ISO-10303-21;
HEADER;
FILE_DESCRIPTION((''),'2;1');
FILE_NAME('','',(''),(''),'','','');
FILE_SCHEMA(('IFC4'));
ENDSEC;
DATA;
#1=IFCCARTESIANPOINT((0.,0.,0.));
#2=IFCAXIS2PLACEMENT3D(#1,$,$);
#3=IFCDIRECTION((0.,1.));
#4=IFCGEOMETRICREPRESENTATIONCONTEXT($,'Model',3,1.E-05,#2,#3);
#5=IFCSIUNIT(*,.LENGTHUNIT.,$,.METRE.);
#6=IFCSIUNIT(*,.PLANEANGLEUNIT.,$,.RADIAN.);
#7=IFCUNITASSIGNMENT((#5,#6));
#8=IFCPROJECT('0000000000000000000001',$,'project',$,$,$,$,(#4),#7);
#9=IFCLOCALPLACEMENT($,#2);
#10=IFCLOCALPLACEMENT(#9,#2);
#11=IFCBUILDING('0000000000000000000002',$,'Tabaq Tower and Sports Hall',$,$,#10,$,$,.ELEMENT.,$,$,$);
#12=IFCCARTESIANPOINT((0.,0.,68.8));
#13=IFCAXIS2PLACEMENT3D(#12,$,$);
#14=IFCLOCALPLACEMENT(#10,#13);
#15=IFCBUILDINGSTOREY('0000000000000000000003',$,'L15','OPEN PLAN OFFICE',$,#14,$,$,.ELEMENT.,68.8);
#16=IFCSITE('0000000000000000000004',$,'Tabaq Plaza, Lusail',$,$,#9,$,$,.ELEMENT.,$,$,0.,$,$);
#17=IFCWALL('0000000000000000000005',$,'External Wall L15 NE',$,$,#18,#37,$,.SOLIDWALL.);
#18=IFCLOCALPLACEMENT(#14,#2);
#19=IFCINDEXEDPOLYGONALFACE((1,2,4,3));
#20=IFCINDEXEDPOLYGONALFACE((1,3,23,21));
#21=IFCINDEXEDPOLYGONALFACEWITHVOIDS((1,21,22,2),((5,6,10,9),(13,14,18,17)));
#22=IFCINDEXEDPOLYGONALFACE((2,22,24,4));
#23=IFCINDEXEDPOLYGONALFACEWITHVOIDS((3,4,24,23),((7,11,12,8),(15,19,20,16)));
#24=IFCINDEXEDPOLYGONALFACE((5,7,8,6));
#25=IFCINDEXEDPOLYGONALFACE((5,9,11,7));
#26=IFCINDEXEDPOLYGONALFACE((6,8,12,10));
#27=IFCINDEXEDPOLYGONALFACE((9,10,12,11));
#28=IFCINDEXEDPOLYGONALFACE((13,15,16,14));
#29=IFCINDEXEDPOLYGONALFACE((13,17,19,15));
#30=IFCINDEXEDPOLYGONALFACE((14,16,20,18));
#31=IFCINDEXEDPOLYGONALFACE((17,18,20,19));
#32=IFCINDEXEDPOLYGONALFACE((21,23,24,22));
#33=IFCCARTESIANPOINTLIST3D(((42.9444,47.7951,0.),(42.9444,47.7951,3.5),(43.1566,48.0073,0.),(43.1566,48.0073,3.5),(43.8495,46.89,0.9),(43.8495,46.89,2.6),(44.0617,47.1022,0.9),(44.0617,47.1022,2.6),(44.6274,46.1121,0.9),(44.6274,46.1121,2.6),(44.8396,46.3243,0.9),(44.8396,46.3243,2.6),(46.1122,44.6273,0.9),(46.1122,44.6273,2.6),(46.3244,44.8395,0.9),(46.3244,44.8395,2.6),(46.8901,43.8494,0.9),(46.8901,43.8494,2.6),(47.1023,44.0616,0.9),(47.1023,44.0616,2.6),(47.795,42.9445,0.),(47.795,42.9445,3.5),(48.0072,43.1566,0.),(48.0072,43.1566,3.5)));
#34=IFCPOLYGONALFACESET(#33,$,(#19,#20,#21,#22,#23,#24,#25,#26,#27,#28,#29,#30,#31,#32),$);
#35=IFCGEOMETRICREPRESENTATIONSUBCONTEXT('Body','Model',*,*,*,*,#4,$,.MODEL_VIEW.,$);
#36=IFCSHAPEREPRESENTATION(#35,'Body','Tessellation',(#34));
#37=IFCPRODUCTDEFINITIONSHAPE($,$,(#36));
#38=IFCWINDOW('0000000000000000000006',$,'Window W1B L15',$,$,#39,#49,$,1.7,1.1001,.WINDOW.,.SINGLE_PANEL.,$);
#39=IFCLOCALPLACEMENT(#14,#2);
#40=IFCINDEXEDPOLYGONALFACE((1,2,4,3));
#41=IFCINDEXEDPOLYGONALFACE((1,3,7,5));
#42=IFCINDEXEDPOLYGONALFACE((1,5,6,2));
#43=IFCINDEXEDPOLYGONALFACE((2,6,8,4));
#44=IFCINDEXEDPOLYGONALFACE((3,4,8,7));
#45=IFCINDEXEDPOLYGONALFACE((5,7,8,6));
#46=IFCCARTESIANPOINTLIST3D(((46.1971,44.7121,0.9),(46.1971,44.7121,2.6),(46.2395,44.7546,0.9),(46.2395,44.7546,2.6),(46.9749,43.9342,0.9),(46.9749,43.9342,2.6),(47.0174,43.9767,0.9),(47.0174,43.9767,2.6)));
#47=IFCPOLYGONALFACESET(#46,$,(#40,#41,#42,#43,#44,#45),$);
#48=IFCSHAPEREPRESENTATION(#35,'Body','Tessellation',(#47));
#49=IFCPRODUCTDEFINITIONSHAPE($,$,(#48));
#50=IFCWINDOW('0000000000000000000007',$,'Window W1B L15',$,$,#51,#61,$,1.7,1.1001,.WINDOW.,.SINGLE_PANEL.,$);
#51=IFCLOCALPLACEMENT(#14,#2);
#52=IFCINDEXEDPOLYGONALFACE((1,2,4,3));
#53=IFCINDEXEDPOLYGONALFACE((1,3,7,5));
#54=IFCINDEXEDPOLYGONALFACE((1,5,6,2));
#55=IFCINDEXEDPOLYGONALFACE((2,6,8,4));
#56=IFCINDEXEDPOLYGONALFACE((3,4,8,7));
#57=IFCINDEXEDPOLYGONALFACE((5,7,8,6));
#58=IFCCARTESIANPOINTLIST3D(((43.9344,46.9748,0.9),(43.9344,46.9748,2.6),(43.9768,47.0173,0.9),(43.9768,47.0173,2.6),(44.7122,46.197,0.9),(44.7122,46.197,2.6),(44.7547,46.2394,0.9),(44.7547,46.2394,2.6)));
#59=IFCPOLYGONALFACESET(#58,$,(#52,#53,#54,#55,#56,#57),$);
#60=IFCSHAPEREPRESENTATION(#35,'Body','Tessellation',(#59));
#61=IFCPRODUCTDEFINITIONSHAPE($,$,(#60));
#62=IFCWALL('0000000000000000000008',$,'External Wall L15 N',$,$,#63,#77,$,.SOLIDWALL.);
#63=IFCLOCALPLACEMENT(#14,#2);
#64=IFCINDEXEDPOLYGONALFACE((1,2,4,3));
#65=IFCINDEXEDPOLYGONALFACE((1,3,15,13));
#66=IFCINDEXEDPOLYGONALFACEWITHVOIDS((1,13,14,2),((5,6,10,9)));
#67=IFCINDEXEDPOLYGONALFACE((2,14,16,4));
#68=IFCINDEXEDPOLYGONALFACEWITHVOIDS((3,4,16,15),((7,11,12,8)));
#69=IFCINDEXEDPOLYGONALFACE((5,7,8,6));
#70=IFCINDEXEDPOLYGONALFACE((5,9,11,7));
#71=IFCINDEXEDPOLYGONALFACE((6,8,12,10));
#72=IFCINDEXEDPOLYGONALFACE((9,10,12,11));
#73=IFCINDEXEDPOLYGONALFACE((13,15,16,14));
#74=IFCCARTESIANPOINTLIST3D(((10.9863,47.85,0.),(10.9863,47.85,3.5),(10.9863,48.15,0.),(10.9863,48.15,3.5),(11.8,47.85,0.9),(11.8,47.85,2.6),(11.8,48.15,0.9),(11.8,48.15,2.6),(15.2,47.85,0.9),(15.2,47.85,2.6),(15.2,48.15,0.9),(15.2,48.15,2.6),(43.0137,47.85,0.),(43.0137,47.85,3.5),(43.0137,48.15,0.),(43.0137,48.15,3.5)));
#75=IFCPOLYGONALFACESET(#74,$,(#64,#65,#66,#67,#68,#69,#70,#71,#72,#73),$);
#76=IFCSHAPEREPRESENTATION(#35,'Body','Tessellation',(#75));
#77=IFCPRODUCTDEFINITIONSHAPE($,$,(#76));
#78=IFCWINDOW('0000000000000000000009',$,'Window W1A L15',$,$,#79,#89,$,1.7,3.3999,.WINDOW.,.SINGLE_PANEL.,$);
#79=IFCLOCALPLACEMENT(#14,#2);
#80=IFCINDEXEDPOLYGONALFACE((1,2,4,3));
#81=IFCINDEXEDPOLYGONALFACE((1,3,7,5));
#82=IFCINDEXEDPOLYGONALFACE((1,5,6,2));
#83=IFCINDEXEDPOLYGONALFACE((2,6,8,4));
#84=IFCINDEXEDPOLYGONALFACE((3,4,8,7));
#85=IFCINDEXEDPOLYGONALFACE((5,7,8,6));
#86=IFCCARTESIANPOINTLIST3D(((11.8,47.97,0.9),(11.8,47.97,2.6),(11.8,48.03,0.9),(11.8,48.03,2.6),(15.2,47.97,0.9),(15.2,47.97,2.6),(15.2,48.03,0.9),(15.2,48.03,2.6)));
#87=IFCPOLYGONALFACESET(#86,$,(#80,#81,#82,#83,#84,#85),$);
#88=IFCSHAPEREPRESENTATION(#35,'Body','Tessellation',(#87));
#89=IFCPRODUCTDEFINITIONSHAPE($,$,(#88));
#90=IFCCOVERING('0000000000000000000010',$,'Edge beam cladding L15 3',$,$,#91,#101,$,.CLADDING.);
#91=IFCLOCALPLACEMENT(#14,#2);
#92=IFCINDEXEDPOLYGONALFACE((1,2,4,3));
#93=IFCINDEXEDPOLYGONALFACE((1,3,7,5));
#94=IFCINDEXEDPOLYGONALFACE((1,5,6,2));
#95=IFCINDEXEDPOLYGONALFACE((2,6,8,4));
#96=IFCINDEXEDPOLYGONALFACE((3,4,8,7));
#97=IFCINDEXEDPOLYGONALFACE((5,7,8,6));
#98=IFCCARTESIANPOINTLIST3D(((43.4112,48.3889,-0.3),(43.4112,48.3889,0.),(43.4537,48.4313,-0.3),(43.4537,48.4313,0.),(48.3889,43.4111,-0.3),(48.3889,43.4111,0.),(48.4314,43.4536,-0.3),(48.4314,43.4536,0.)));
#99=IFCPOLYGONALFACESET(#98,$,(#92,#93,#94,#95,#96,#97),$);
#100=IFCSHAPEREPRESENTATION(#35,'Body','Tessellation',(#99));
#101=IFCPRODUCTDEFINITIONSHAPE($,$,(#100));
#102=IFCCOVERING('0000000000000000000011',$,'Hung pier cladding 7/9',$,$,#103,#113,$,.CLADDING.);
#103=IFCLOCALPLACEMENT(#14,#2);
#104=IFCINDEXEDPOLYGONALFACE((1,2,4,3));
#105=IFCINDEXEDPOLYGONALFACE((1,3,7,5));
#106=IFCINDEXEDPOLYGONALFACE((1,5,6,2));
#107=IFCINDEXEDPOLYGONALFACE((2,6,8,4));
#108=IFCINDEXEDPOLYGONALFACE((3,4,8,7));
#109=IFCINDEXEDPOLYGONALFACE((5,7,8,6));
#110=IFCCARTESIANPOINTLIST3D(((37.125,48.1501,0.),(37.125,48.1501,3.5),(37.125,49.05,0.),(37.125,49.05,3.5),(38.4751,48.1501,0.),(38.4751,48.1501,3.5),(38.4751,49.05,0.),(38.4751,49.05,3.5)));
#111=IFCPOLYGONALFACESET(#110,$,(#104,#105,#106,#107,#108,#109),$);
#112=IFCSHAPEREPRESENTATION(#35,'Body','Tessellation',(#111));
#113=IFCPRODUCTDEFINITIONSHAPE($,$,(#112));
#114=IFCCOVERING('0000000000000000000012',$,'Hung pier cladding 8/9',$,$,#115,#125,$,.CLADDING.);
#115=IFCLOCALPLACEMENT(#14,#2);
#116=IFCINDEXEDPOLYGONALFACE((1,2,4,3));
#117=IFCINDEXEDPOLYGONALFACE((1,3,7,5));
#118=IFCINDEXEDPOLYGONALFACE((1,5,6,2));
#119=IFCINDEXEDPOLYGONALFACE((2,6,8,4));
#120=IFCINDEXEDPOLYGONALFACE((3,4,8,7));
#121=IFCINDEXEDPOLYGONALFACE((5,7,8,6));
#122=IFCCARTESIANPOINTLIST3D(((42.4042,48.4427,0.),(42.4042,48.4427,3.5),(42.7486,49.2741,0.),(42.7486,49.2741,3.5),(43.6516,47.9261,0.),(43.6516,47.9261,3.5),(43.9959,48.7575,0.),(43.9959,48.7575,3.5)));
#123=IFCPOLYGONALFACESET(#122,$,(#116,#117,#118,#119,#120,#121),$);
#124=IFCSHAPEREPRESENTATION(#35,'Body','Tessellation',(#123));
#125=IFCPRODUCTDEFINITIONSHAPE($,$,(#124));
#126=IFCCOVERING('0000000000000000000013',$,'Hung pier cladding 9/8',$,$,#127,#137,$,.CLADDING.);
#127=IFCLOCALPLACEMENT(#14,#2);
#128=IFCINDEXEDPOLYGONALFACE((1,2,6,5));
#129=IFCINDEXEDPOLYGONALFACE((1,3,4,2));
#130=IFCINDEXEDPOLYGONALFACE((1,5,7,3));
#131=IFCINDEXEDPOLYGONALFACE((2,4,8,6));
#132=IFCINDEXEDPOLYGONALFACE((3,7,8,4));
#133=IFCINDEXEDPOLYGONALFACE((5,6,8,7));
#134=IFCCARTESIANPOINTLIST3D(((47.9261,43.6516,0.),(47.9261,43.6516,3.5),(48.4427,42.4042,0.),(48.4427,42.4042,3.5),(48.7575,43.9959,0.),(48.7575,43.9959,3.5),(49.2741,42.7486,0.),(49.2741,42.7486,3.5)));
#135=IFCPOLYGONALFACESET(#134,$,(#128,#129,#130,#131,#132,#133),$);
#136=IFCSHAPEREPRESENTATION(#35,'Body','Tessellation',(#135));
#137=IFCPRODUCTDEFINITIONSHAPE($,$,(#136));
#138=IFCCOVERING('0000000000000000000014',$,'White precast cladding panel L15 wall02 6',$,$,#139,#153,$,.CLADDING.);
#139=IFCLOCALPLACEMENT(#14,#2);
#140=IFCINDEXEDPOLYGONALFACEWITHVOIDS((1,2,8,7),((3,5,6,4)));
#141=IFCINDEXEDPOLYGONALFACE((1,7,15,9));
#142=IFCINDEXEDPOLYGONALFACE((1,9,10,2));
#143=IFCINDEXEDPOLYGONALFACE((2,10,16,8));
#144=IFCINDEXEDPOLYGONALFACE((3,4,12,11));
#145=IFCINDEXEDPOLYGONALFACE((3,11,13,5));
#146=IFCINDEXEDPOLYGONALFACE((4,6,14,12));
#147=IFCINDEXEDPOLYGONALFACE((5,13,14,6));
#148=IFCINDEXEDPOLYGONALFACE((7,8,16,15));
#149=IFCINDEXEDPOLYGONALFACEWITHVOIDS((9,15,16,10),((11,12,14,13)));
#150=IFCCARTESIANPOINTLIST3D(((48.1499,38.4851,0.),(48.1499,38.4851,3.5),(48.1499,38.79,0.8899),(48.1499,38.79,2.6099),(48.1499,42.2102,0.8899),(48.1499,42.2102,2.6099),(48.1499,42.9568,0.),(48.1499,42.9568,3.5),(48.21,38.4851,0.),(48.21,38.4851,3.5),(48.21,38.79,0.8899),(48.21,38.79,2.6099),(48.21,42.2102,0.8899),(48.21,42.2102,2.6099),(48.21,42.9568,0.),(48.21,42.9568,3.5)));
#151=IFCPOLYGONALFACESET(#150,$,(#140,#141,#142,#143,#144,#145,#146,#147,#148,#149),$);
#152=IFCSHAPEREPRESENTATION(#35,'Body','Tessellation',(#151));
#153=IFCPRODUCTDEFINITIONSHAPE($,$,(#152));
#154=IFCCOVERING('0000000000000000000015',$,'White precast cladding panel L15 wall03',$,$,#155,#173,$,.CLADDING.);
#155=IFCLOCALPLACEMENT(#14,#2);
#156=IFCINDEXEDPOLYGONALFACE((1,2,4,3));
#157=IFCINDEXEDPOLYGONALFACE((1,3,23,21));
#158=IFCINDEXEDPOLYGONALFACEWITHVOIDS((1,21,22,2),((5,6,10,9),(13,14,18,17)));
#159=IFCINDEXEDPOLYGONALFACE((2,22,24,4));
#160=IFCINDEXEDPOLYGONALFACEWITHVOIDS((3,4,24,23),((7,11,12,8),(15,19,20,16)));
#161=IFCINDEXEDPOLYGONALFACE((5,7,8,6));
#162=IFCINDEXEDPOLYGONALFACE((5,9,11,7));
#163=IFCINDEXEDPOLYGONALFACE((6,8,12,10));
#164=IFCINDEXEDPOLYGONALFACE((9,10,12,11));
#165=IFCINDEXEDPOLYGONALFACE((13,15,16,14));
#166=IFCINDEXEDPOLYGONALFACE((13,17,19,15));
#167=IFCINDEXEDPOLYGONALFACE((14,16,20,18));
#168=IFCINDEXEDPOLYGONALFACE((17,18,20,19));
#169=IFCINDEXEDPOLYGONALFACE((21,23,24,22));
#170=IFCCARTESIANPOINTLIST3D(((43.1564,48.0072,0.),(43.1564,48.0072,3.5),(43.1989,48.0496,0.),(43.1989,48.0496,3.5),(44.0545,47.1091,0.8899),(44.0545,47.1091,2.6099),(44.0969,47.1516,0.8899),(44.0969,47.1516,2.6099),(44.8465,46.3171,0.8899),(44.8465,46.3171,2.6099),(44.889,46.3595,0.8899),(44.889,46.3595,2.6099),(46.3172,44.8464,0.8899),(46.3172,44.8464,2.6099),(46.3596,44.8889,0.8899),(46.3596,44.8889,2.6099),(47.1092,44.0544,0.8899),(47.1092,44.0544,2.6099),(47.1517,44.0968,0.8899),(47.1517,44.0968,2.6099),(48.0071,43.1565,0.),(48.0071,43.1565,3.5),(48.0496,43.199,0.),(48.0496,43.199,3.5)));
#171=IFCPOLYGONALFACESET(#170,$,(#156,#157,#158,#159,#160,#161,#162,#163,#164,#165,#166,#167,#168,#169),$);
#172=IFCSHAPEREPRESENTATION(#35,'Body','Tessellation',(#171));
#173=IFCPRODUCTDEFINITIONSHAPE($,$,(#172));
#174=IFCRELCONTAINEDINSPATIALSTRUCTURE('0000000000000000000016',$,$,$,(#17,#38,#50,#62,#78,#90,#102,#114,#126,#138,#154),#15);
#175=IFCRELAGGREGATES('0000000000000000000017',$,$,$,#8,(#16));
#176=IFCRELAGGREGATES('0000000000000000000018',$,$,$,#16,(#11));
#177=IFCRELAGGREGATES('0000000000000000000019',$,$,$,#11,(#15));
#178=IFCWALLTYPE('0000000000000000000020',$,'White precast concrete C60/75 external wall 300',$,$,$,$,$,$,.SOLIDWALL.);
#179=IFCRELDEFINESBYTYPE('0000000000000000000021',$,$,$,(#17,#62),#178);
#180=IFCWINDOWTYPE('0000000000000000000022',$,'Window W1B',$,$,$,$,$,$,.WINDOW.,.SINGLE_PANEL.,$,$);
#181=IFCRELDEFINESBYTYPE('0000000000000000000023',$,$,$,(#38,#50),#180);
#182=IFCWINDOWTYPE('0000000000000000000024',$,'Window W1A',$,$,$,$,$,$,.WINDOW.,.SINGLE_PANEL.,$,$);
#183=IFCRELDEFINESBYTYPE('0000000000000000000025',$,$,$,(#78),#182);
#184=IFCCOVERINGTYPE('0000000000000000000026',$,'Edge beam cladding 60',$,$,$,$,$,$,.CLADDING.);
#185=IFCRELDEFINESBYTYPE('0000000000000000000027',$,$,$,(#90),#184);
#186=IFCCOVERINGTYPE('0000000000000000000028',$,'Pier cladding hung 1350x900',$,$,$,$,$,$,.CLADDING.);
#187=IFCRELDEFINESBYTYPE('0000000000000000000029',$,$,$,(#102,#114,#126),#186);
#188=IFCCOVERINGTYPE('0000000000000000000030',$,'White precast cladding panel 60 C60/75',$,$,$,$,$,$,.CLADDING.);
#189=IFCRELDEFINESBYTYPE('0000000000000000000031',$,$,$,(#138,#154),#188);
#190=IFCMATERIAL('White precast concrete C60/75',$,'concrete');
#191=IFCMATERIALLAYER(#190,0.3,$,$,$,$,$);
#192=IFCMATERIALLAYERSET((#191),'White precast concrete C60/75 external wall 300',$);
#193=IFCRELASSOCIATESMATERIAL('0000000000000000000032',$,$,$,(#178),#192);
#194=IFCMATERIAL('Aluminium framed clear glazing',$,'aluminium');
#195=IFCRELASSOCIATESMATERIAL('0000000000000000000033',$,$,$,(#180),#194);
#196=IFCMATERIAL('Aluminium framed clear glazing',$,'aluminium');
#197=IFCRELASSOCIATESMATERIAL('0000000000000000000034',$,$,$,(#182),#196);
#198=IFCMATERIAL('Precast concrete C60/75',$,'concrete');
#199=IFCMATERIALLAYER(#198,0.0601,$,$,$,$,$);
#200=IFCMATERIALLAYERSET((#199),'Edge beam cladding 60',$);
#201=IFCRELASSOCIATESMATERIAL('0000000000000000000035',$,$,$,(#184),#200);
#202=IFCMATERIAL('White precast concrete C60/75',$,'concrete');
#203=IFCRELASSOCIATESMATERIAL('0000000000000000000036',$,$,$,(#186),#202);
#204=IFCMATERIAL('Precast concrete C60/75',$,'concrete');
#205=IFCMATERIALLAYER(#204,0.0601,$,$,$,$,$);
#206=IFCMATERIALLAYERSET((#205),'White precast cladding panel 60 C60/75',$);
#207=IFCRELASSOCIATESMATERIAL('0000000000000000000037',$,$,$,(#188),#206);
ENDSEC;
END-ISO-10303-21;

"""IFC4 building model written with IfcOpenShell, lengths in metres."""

from ifc_helpers import new_model, si_unit, direction, frame, frame_2d, origin, place, context, subcontext, project, spatial, polyline, rectangle, outline, extrude, material, layer, layer_set, type_object, element, fill, save


model = new_model("IFC4")

# Units and contexts
model_context = context("Model", 3, precision=1e-05, world=origin(), true_north=direction((0.0, 1.0)))
body_context = subcontext(model_context, "Body", "Model", "MODEL_VIEW")
ifc_project = project(units=[si_unit("LENGTHUNIT", "METRE"), si_unit("PLANEANGLEUNIT", "RADIAN")], contexts=[model_context])

# Site, building, storey
site_placement = place(None, origin())
site = spatial("IfcSite", under=ifc_project, at=site_placement, Name="Tabaq Plaza, Lusail", CompositionType="ELEMENT", RefElevation=0.0)
building_placement = place(site_placement, origin())
building = spatial("IfcBuilding", under=site, at=building_placement, Name="Tabaq Tower and Sports Hall", CompositionType="ELEMENT")
storey_placement = place(building_placement, frame((0.0, 0.0, 68.8)))
storey = spatial("IfcBuildingStorey", under=building, at=storey_placement, Name="L15", Description="OPEN PLAN OFFICE", CompositionType="ELEMENT", Elevation=68.8)

# Wall, openings, windows
ifc_material_1 = material(Name="White precast concrete C60/75", Category="concrete")
ifc_layer_1 = layer(ifc_material_1, 0.3)
ifc_layer_set_1 = layer_set([ifc_layer_1], Name="White precast concrete C60/75 external wall 300")
wall_type_1 = type_object("IfcWallType", Name="White precast concrete C60/75 external wall 300", PredefinedType="SOLIDWALL", material=ifc_layer_set_1)
wall_1_placement = place(storey_placement, frame((47.9011, 43.0505, 0.0), z_axis=(0.0, 0.0, 1.0), x_axis=(-0.707107, 0.707107, 0.0)))
wall_1 = element("IfcWall", 1, at=wall_1_placement, inside=storey, type_object=wall_type_1, Name="External Wall L15 NE", PredefinedType="SOLIDWALL", context=body_context, shape_type="SweptSolid", body=[
    extrude(rectangle(XDim=6.8599, YDim=0.3, at=frame_2d((3.4299, 0.0))), origin(), (0.0, 0.0, 1.0), 3.5),
])
opening_1_placement = place(wall_1_placement, frame((1.2798, 0.0, 0.8999)))
opening_1 = element("IfcOpeningElement", 2, at=opening_1_placement, cuts=wall_1, PredefinedType="OPENING", context=body_context, shape_type="SweptSolid", body=[
    extrude(rectangle(XDim=1.1001, YDim=1.7, at=frame_2d((0.55, 0.8501))), frame((0.0, 0.1602, 0.0), z_axis=(0.0, -1.0, 0.0), x_axis=(1.0, 0.0, 0.0)), (0.0, 0.0, 1.0), 0.3201),
])
opening_2_placement = place(wall_1_placement, frame((4.4797, 0.0, 0.8999)))
opening_2 = element("IfcOpeningElement", 3, at=opening_2_placement, cuts=wall_1, PredefinedType="OPENING", context=body_context, shape_type="SweptSolid", body=[
    extrude(rectangle(XDim=1.1001, YDim=1.7, at=frame_2d((0.55, 0.8501))), frame((0.0, 0.1602, 0.0), z_axis=(0.0, -1.0, 0.0), x_axis=(1.0, 0.0, 0.0)), (0.0, 0.0, 1.0), 0.3201),
])
ifc_material_2 = material(Name="Aluminium framed clear glazing", Category="aluminium")
window_type_1 = type_object("IfcWindowType", Name="Window W1B", PartitioningType="SINGLE_PANEL", PredefinedType="WINDOW", material=ifc_material_2)
window_1_placement = place(opening_1_placement, origin())
window_1 = element("IfcWindow", 4, at=window_1_placement, inside=storey, type_object=window_type_1, Name="Window W1B L15", OverallHeight=1.7, OverallWidth=1.1001, PartitioningType="SINGLE_PANEL", PredefinedType="WINDOW", context=body_context, shape_type="SweptSolid", body=[
    extrude(rectangle(XDim=1.1001, YDim=1.7, at=frame_2d((0.55, 0.8501))), frame((0.0, 0.03, 0.0), z_axis=(0.0, -1.0, 0.0), x_axis=(1.0, 0.0, 0.0)), (0.0, 0.0, 1.0), 0.0601),
])
fill(opening_1, window_1)
window_2_placement = place(opening_2_placement, origin())
window_2 = element("IfcWindow", 5, at=window_2_placement, inside=storey, type_object=window_type_1, Name="Window W1B L15", OverallHeight=1.7, OverallWidth=1.1001, PartitioningType="SINGLE_PANEL", PredefinedType="WINDOW", context=body_context, shape_type="SweptSolid", body=[
    extrude(rectangle(XDim=1.1001, YDim=1.7, at=frame_2d((0.55, 0.8501))), frame((0.0, 0.03, 0.0), z_axis=(0.0, -1.0, 0.0), x_axis=(1.0, 0.0, 0.0)), (0.0, 0.0, 1.0), 0.0601),
])
fill(opening_2, window_2)

# Wall, opening, window
wall_2_placement = place(storey_placement, frame((43.0137, 48.0, 0.0), z_axis=(0.0, 0.0, 1.0), x_axis=(-1.0, 0.0, 0.0)))
wall_2 = element("IfcWall", 6, at=wall_2_placement, inside=storey, type_object=wall_type_1, Name="External Wall L15 N", PredefinedType="SOLIDWALL", context=body_context, shape_type="SweptSolid", body=[
    extrude(rectangle(XDim=32.0273, YDim=0.3, at=frame_2d((16.0137, 0.0))), origin(), (0.0, 0.0, 1.0), 3.5),
])
opening_3_placement = place(wall_2_placement, frame((27.8137, 0.0, 0.8999)))
opening_3 = element("IfcOpeningElement", 7, at=opening_3_placement, cuts=wall_2, PredefinedType="OPENING", context=body_context, shape_type="SweptSolid", body=[
    extrude(rectangle(XDim=3.3999, YDim=1.7, at=frame_2d((1.7, 0.8501))), frame((0.0, 0.1602, 0.0), z_axis=(0.0, -1.0, 0.0), x_axis=(1.0, 0.0, 0.0)), (0.0, 0.0, 1.0), 0.3201),
])
ifc_material_3 = material(Name="Aluminium framed clear glazing", Category="aluminium")
window_type_2 = type_object("IfcWindowType", Name="Window W1A", PartitioningType="SINGLE_PANEL", PredefinedType="WINDOW", material=ifc_material_3)
window_3_placement = place(opening_3_placement, origin())
window_3 = element("IfcWindow", 8, at=window_3_placement, inside=storey, type_object=window_type_2, Name="Window W1A L15", OverallHeight=1.7, OverallWidth=3.3999, PartitioningType="SINGLE_PANEL", PredefinedType="WINDOW", context=body_context, shape_type="SweptSolid", body=[
    extrude(rectangle(XDim=3.3999, YDim=1.7, at=frame_2d((1.7, 0.8501))), frame((0.0, 0.03, 0.0), z_axis=(0.0, -1.0, 0.0), x_axis=(1.0, 0.0, 0.0)), (0.0, 0.0, 1.0), 0.0601),
])
fill(opening_3, window_3)

# Coverings
ifc_material_4 = material(Name="Precast concrete C60/75", Category="concrete")
ifc_layer_2 = layer(ifc_material_4, 0.0601)
ifc_layer_set_2 = layer_set([ifc_layer_2], Name="Edge beam cladding 60")
covering_type_1 = type_object("IfcCoveringType", Name="Edge beam cladding 60", PredefinedType="CLADDING", material=ifc_layer_set_2)
covering_1_placement = place(storey_placement, frame((48.4102, 43.4324, -0.3), z_axis=(0.0, 0.0, 1.0), x_axis=(-0.707107, 0.707107, 0.0)))
element("IfcCovering", 9, at=covering_1_placement, inside=storey, type_object=covering_type_1, Name="Edge beam cladding L15 3", PredefinedType="CLADDING", context=body_context, shape_type="SweptSolid", body=[
    extrude(rectangle(XDim=7.0396, YDim=0.0601, at=frame_2d((3.5198, 0.0))), origin(), (0.0, 0.0, 1.0), 0.3),
])
ifc_material_5 = material(Name="White precast concrete C60/75", Category="concrete")
covering_type_2 = type_object("IfcCoveringType", Name="Pier cladding hung 1350x900", PredefinedType="CLADDING", material=ifc_material_5)
for number, where, z_axis, x_axis, name in (
    (10, (38.4751, 48.6001, 0.0), (0.0, 0.0, 1.0), (-1.0, 0.0, 0.0), "Hung pier cladding 7/9"),
    (11, (43.8237, 48.3418, 0.0), (0.0, 0.0, 1.0), (-0.923893, 0.38265, 0.0), "Hung pier cladding 8/9"),
    (12, (48.8584, 42.5764, 0.0), (0.0, 0.0, 1.0), (-0.38265, 0.923893, 0.0), "Hung pier cladding 9/8"),
):
    element("IfcCovering", number, at=place(storey_placement, frame(where, z_axis=z_axis, x_axis=x_axis)), inside=storey, type_object=covering_type_2, Name=name, PredefinedType="CLADDING", context=body_context, shape_type="SweptSolid", body=[
        extrude(rectangle(XDim=1.3501, YDim=0.8999, at=frame_2d((0.675, 0.0))), origin(), (0.0, 0.0, 1.0), 3.5),
    ])
ifc_material_6 = material(Name="Precast concrete C60/75", Category="concrete")
ifc_layer_3 = layer(ifc_material_6, 0.0601)
ifc_layer_set_3 = layer_set([ifc_layer_3], Name="White precast cladding panel 60 C60/75")
covering_type_3 = type_object("IfcCoveringType", Name="White precast cladding panel 60 C60/75", PredefinedType="CLADDING", material=ifc_layer_set_3)
covering_2_placement = place(storey_placement, frame((48.1799, 38.4851, 0.0), z_axis=(0.0, 0.0, 1.0), x_axis=(0.0, 1.0, 0.0)))
element("IfcCovering", 13, at=covering_2_placement, inside=storey, type_object=covering_type_3, Name="White precast cladding panel L15 wall02 6", PredefinedType="CLADDING", context=body_context, shape_type="SweptSolid", body=[
    extrude(outline(polyline([(0.0, 0.0), (4.4717, 0.0), (4.4717, 3.5), (0.0, 3.5), (0.0, 0.0)]), holes=[polyline([(0.3049, 0.8899), (0.3049, 2.6099), (3.7251, 2.6099), (3.7251, 0.8899), (0.3049, 0.8899)])]), frame((0.0, 0.03, 0.0), z_axis=(0.0, -1.0, 0.0), x_axis=(1.0, 0.0, 0.0)), (0.0, 0.0, 1.0), 0.0601),
])
covering_3_placement = place(storey_placement, frame((48.0283, 43.1777, 0.0), z_axis=(0.0, 0.0, 1.0), x_axis=(-0.707107, 0.707107, 0.0)))
element("IfcCovering", 14, at=covering_3_placement, inside=storey, type_object=covering_type_3, Name="White precast cladding panel L15 wall03", PredefinedType="CLADDING", context=body_context, shape_type="SweptSolid", body=[
    extrude(outline(polyline([(0.0, 0.0), (6.8599, 0.0), (6.8599, 3.5), (0.0, 3.5), (0.0, 0.0)]), holes=[polyline([(1.2698, 2.6099), (2.3899, 2.6099), (2.3899, 0.8899), (1.2698, 0.8899), (1.2698, 2.6099)]), polyline([(4.4697, 2.6099), (5.5898, 2.6099), (5.5898, 0.8899), (4.4697, 0.8899), (4.4697, 2.6099)])]), frame((0.0, 0.03, 0.0), z_axis=(0.0, -1.0, 0.0), x_axis=(1.0, 0.0, 0.0)), (0.0, 0.0, 1.0), 0.0601),
])

save(model, "model.ifc")
